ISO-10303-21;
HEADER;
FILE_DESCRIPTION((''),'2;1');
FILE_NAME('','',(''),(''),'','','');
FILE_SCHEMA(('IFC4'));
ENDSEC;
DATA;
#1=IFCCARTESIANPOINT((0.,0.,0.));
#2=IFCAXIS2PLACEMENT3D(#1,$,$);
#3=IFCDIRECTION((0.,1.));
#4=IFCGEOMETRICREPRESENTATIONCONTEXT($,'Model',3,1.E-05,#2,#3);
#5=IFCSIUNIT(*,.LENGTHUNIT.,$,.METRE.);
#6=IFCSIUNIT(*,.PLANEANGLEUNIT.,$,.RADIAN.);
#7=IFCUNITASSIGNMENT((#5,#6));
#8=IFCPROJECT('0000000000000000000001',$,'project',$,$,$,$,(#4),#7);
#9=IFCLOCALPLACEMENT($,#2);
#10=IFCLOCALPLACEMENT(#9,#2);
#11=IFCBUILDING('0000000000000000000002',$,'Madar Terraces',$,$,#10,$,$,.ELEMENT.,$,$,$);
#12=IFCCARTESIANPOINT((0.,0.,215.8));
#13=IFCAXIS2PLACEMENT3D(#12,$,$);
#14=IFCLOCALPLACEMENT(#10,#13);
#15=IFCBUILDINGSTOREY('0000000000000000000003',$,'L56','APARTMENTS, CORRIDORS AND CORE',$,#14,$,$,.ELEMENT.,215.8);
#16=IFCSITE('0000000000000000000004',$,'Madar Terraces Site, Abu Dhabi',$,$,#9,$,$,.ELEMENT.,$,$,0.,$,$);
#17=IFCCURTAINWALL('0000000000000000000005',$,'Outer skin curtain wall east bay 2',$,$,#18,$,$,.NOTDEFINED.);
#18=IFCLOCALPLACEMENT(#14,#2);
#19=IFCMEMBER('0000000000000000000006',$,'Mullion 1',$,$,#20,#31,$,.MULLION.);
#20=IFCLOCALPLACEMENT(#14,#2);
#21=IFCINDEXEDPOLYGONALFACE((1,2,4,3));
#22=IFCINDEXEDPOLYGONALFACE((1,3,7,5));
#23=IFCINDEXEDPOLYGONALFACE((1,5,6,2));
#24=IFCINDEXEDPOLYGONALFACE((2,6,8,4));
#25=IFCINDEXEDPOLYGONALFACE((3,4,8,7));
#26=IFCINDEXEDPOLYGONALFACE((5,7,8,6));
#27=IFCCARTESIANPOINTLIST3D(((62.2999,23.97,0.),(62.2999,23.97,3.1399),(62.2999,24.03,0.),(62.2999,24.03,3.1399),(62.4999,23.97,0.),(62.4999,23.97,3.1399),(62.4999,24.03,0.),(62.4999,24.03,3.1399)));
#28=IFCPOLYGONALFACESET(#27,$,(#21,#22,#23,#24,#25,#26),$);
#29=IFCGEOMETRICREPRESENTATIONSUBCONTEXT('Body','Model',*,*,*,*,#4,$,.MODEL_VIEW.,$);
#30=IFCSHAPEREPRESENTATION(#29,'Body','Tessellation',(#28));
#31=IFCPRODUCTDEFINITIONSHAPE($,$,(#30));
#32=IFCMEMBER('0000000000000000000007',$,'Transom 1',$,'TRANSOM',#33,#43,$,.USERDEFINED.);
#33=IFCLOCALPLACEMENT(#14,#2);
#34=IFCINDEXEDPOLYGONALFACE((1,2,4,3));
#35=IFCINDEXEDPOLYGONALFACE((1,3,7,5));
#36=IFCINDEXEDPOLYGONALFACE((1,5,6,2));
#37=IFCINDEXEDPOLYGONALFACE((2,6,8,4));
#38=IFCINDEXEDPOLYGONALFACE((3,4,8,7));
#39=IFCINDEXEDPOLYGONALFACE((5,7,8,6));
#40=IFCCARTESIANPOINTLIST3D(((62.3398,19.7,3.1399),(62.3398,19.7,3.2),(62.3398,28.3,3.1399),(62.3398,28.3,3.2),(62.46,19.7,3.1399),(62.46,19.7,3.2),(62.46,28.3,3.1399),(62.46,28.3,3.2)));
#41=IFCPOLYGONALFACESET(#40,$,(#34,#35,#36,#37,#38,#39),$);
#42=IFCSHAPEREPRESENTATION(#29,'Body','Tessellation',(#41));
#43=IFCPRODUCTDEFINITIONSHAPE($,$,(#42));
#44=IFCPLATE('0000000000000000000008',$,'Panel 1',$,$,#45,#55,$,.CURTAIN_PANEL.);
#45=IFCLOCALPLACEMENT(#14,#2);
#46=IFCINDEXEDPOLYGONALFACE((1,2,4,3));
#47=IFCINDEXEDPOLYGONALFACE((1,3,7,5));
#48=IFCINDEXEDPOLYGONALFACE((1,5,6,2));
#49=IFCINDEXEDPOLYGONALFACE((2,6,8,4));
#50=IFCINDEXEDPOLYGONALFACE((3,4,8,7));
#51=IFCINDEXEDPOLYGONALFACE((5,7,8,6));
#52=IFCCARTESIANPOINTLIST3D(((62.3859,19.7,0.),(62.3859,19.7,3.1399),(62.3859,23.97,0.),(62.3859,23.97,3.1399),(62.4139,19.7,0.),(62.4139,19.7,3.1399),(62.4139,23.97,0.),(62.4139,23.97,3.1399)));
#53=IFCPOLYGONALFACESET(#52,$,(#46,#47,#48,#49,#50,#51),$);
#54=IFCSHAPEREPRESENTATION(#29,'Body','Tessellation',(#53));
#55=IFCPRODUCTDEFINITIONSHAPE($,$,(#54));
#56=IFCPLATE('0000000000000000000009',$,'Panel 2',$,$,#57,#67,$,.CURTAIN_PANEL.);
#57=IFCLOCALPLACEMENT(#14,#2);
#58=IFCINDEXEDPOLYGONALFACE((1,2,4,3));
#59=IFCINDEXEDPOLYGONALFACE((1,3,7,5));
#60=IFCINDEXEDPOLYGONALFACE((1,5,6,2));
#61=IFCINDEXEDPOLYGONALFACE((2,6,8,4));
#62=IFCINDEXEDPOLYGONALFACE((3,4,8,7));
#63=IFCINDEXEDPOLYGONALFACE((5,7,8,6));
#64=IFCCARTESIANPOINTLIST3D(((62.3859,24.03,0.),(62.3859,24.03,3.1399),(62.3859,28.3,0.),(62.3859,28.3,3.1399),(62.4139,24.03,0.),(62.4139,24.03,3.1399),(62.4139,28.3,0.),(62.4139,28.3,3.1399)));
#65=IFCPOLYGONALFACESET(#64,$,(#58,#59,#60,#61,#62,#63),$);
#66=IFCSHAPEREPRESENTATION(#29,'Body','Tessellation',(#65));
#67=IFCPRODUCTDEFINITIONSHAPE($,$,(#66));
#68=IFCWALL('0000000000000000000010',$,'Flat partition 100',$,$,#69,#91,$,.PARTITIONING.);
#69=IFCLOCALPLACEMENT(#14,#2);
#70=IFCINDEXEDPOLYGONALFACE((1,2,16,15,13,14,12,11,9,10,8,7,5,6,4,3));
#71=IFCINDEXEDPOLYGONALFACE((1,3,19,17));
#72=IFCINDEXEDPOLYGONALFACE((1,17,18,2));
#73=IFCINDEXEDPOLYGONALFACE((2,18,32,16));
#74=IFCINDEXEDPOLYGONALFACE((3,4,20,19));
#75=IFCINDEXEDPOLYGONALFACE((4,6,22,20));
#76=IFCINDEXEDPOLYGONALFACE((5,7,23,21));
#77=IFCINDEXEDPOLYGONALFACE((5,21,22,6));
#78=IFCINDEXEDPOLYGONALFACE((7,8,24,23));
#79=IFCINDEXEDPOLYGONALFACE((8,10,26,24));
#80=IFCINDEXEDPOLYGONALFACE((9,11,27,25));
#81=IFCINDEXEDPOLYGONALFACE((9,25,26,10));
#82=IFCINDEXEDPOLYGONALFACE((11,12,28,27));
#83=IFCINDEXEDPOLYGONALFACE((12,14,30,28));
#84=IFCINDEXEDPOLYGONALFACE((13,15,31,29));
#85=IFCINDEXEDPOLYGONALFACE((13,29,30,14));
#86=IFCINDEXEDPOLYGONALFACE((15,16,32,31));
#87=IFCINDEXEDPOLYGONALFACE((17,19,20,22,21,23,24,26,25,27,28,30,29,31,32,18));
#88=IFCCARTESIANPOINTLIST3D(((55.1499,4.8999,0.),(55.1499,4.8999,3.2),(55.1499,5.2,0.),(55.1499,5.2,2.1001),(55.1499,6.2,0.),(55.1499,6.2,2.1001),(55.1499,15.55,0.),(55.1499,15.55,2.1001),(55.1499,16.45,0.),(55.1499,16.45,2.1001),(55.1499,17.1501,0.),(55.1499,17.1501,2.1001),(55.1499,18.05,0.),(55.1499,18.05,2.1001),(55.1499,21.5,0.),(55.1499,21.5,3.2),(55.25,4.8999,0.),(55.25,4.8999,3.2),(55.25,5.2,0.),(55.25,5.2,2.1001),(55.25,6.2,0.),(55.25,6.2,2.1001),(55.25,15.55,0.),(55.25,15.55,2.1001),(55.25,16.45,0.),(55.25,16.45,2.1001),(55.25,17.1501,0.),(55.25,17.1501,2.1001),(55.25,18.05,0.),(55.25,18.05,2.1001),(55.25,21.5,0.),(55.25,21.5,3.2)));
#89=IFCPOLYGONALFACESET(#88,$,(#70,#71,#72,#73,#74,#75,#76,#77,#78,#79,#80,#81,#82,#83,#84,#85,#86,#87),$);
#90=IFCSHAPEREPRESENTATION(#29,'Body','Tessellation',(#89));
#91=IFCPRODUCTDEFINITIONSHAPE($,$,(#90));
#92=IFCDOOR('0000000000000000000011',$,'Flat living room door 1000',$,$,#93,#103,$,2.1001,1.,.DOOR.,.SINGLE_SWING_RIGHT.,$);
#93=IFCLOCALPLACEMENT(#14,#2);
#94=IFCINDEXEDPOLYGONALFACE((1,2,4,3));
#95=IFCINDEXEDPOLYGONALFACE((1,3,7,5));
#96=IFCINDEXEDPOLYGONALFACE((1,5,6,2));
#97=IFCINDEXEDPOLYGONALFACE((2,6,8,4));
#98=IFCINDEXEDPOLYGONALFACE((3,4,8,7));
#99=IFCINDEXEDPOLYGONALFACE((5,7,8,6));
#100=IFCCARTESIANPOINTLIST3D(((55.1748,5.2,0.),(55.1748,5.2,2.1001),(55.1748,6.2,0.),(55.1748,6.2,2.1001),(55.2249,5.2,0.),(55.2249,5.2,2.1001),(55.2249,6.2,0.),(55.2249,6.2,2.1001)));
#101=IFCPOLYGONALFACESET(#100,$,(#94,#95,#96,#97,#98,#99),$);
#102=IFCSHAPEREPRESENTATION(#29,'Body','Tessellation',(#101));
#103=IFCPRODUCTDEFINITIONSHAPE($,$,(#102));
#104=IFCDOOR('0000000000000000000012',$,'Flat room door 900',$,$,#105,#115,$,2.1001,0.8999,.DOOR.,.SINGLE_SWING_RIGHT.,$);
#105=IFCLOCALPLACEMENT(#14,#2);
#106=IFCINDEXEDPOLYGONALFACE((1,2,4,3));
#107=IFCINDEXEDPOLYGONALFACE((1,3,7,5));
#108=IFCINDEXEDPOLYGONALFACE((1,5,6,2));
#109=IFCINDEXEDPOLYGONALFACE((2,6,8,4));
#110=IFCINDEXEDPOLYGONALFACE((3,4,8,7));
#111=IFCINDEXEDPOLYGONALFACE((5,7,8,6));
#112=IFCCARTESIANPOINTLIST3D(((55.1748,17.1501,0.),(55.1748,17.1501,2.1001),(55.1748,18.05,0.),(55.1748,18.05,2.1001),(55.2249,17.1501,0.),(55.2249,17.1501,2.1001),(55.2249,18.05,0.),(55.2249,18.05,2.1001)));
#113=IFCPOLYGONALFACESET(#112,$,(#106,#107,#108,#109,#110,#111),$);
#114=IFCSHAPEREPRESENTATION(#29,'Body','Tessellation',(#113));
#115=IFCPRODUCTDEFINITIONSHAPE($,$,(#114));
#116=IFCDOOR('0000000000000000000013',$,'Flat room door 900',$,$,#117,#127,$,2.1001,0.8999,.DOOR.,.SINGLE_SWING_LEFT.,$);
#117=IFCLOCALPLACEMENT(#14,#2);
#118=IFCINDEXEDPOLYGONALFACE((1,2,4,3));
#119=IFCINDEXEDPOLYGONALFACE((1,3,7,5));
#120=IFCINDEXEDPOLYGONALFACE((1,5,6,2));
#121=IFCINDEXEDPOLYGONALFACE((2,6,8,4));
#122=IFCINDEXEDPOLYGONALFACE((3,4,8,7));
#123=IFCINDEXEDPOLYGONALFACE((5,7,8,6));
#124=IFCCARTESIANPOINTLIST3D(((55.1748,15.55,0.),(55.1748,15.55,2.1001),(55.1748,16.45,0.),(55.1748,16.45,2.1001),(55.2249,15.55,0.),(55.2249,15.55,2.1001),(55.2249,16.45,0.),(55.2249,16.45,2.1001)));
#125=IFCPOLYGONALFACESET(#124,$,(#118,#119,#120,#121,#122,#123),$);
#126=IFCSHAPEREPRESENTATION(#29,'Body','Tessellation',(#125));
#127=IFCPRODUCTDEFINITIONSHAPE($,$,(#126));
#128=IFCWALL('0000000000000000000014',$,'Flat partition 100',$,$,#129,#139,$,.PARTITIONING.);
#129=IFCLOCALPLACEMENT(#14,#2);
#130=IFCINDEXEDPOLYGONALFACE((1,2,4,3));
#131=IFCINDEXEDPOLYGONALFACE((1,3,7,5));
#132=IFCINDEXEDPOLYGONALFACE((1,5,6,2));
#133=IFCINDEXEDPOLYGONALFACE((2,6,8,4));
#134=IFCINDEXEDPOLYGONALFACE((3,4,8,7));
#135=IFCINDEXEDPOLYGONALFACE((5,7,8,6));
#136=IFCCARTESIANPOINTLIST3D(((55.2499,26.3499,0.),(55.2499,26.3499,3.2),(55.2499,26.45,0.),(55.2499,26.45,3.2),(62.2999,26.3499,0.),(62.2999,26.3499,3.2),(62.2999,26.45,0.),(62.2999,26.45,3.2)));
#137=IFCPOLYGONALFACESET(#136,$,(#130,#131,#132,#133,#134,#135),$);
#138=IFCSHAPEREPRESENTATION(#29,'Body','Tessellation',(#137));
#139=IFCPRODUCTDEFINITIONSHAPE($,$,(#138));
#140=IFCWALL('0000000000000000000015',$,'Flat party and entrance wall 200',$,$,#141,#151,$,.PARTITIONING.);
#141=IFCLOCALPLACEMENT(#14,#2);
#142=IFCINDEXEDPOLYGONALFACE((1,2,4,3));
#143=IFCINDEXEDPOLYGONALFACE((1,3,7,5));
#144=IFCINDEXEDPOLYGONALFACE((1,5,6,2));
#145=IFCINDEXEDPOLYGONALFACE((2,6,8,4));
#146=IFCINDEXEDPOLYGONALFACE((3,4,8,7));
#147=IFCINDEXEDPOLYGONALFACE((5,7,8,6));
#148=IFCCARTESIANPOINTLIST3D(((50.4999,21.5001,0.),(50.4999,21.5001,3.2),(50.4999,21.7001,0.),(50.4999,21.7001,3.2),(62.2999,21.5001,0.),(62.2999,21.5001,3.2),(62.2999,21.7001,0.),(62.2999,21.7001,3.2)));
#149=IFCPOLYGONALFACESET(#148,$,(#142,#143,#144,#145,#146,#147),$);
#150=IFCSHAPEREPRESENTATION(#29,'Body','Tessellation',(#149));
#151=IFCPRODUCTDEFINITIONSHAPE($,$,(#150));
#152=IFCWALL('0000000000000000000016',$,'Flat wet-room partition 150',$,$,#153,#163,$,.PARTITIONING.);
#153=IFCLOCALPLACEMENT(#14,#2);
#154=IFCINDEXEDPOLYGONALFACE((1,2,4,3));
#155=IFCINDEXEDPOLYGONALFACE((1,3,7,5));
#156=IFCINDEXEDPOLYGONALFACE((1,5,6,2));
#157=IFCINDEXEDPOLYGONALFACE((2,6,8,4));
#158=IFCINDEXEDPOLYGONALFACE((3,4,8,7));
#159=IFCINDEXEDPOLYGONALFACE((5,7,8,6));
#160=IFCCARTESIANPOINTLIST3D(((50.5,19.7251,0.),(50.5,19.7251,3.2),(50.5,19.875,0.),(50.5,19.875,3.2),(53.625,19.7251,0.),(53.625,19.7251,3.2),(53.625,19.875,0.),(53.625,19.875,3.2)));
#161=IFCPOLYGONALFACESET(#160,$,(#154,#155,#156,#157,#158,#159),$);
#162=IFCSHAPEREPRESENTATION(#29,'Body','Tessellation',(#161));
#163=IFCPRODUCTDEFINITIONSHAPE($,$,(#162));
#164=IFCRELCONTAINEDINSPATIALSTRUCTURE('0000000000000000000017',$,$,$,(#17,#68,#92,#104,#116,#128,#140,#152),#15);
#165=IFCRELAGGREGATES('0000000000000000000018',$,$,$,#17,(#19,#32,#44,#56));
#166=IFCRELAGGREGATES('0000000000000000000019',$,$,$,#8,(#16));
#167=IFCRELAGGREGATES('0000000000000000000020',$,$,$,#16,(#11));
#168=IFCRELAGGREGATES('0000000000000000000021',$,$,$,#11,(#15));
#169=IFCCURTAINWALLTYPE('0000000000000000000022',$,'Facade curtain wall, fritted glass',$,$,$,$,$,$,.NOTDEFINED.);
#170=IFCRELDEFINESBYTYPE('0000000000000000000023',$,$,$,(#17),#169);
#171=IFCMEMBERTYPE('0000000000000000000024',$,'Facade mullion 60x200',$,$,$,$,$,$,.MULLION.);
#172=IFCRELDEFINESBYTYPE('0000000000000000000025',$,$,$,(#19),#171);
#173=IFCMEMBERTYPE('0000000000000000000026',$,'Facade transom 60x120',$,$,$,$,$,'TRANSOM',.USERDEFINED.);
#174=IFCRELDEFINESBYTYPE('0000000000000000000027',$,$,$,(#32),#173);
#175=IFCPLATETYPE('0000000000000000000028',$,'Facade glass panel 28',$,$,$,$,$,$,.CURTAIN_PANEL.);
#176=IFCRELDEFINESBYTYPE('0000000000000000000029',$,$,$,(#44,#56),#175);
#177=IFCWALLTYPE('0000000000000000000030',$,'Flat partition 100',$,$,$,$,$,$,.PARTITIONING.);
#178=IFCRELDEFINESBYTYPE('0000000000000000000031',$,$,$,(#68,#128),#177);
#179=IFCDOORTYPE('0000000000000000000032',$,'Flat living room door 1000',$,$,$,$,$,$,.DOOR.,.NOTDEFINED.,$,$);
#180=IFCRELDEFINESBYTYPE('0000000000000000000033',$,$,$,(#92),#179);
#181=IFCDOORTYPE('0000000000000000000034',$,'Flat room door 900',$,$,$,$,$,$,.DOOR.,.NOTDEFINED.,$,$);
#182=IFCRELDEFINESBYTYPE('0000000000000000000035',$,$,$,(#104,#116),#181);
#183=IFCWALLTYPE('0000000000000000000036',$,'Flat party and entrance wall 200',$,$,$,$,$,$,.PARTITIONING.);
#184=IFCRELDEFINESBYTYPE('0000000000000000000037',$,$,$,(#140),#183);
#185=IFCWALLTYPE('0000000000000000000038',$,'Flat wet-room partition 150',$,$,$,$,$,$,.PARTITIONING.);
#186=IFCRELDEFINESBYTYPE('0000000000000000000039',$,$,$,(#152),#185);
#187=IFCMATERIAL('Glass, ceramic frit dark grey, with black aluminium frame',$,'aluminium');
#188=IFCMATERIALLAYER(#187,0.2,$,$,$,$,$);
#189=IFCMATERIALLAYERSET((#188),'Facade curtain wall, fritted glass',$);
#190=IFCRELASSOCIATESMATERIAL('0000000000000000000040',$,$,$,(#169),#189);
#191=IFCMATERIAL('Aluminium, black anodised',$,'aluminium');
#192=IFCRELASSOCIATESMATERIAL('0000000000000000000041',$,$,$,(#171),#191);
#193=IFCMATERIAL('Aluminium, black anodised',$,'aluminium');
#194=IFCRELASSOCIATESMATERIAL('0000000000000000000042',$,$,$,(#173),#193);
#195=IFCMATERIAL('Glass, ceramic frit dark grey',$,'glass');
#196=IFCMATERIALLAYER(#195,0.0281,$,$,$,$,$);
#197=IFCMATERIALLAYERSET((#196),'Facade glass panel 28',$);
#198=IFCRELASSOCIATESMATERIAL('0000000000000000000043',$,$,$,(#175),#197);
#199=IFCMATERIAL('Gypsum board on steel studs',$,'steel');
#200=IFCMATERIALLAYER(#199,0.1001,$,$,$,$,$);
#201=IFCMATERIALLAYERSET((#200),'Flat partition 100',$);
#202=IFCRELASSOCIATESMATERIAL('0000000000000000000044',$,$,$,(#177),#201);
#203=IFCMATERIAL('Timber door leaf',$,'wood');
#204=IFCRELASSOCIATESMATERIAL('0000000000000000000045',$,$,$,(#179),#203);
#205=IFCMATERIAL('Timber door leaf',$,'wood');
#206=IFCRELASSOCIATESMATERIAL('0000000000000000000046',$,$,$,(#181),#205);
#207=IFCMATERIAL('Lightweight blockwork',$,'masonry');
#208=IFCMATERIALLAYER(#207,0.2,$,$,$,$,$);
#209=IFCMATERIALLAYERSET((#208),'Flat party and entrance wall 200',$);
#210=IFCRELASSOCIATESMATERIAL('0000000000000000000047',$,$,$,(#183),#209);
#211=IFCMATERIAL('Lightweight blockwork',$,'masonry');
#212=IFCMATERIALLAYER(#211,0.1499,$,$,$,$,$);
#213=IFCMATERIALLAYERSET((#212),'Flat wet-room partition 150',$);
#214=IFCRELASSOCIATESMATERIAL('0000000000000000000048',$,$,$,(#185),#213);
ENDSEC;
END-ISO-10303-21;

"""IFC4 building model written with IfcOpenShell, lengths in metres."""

from ifc_helpers import new_model, si_unit, direction, frame, frame_2d, origin, origin_2d, place, context, subcontext, project, spatial, rectangle, extrude, material, layer, layer_set, material_profile, profile_set, type_object, element, fill, aggregate, save


model = new_model("IFC4")

# Units and contexts
model_context = context("Model", 3, precision=1e-05, world=origin(), true_north=direction((0.0, 1.0)))
body_context = subcontext(model_context, "Body", "Model", "MODEL_VIEW")
ifc_project = project(units=[si_unit("LENGTHUNIT", "METRE"), si_unit("PLANEANGLEUNIT", "RADIAN")], contexts=[model_context])

# Site, building, storey
site_placement = place(None, origin())
site = spatial("IfcSite", under=ifc_project, at=site_placement, Name="Madar Terraces Site, Abu Dhabi", CompositionType="ELEMENT", RefElevation=0.0)
building_placement = place(site_placement, origin())
building = spatial("IfcBuilding", under=site, at=building_placement, Name="Madar Terraces", CompositionType="ELEMENT")
storey_placement = place(building_placement, frame((0.0, 0.0, 215.8)))
storey = spatial("IfcBuildingStorey", under=building, at=storey_placement, Name="L56", Description="APARTMENTS, CORRIDORS AND CORE", CompositionType="ELEMENT", Elevation=215.8)

# Curtain wall, members, plates
ifc_material_1 = material(Name="Glass, ceramic frit dark grey, with black aluminium frame", Category="aluminium")
ifc_layer_1 = layer(ifc_material_1, 0.2)
ifc_layer_set_1 = layer_set([ifc_layer_1], Name="Facade curtain wall, fritted glass")
curtain_wall_type = type_object("IfcCurtainWallType", Name="Facade curtain wall, fritted glass", PredefinedType="NOTDEFINED", material=ifc_layer_set_1)
curtain_wall_placement = place(storey_placement, origin())
curtain_wall = element("IfcCurtainWall", 1, at=curtain_wall_placement, inside=storey, type_object=curtain_wall_type, Name="Outer skin curtain wall east bay 2", PredefinedType="NOTDEFINED")
ifc_material_2 = material(Name="Aluminium, black anodised", Category="aluminium")
ifc_material_profile_1 = material_profile(ifc_material_2, rectangle(XDim=0.2, YDim=0.0601, at=origin_2d()), Name="Facade mullion 60x200")
ifc_profile_set_1 = profile_set([ifc_material_profile_1], Name="Aluminium, black anodised")
member_type_1 = type_object("IfcMemberType", Name="Facade mullion 60x200", PredefinedType="MULLION", material=ifc_profile_set_1)
member_1_placement = place(storey_placement, frame((62.3999, 24.0, 0.0), z_axis=(0.0, 0.0, 1.0), x_axis=(-1.0, 0.0, 0.0)))
member_1 = element("IfcMember", 2, at=member_1_placement, type_object=member_type_1, Name="Mullion 1", PredefinedType="MULLION", context=body_context, shape_type="SweptSolid", body=[
    extrude(rectangle(XDim=0.2, YDim=0.0601, at=origin_2d()), origin(), (0.0, 0.0, 1.0), 3.1399),
])
ifc_material_3 = material(Name="Aluminium, black anodised", Category="aluminium")
ifc_material_profile_2 = material_profile(ifc_material_3, rectangle(XDim=0.1201, YDim=0.0601, at=origin_2d()), Name="Facade transom 60x120")
ifc_profile_set_2 = profile_set([ifc_material_profile_2], Name="Aluminium, black anodised")
member_type_2 = type_object("IfcMemberType", Name="Facade transom 60x120", ElementType="TRANSOM", PredefinedType="USERDEFINED", material=ifc_profile_set_2)
member_2_placement = place(storey_placement, frame((62.3999, 19.7, 3.1699), z_axis=(0.0, 1.0, 0.0), x_axis=(-1.0, 0.0, 0.0)))
member_2 = element("IfcMember", 3, at=member_2_placement, type_object=member_type_2, Name="Transom 1", ObjectType="TRANSOM", PredefinedType="USERDEFINED", context=body_context, shape_type="SweptSolid", body=[
    extrude(rectangle(XDim=0.1201, YDim=0.0601, at=origin_2d()), origin(), (0.0, 0.0, 1.0), 8.6001),
])
ifc_material_4 = material(Name="Glass, ceramic frit dark grey", Category="glass")
ifc_layer_2 = layer(ifc_material_4, 0.0281)
ifc_layer_set_2 = layer_set([ifc_layer_2], Name="Facade glass panel 28")
plate_type = type_object("IfcPlateType", Name="Facade glass panel 28", PredefinedType="CURTAIN_PANEL", material=ifc_layer_set_2)
plate_1_placement = place(storey_placement, frame((62.3999, 21.835, 0.0), z_axis=(0.0, 0.0, 1.0), x_axis=(0.0, 1.0, 0.0)))
plate_1 = element("IfcPlate", 4, at=plate_1_placement, type_object=plate_type, Name="Panel 1", PredefinedType="CURTAIN_PANEL", context=body_context, shape_type="SweptSolid", body=[
    extrude(rectangle(XDim=4.27, YDim=0.0281, at=origin_2d()), origin(), (0.0, 0.0, 1.0), 3.1399),
])
plate_2_placement = place(storey_placement, frame((62.3999, 26.165, 0.0), z_axis=(0.0, 0.0, 1.0), x_axis=(0.0, 1.0, 0.0)))
plate_2 = element("IfcPlate", 5, at=plate_2_placement, type_object=plate_type, Name="Panel 2", PredefinedType="CURTAIN_PANEL", context=body_context, shape_type="SweptSolid", body=[
    extrude(rectangle(XDim=4.27, YDim=0.0281, at=origin_2d()), origin(), (0.0, 0.0, 1.0), 3.1399),
])
aggregate(curtain_wall, [member_1, member_2, plate_1, plate_2])

# Wall, openings, doors
ifc_material_5 = material(Name="Gypsum board on steel studs", Category="steel")
ifc_layer_3 = layer(ifc_material_5, 0.1001)
ifc_layer_set_3 = layer_set([ifc_layer_3], Name="Flat partition 100")
wall_type_1 = type_object("IfcWallType", Name="Flat partition 100", PredefinedType="PARTITIONING", material=ifc_layer_set_3)
wall_1_placement = place(storey_placement, frame((55.2, 21.5, 0.0), z_axis=(0.0, 0.0, 1.0), x_axis=(0.0, -1.0, 0.0)))
wall_1 = element("IfcWall", 6, at=wall_1_placement, inside=storey, type_object=wall_type_1, Name="Flat partition 100", PredefinedType="PARTITIONING", context=body_context, shape_type="SweptSolid", body=[
    extrude(rectangle(XDim=16.6001, YDim=0.1001, at=frame_2d((8.3, 0.0))), origin(), (0.0, 0.0, 1.0), 3.2),
])
opening_1_placement = place(wall_1_placement, frame((3.45, 0.0, 0.0)))
opening_1 = element("IfcOpeningElement", 7, at=opening_1_placement, cuts=wall_1, PredefinedType="OPENING", context=body_context, shape_type="SweptSolid", body=[
    extrude(rectangle(XDim=0.8999, YDim=2.1001, at=frame_2d((0.45, 1.05))), frame((0.0, 0.0601, 0.0), z_axis=(0.0, -1.0, 0.0), x_axis=(1.0, 0.0, 0.0)), (0.0, 0.0, 1.0), 0.1201),
])
opening_2_placement = place(wall_1_placement, frame((5.05, 0.0, 0.0)))
opening_2 = element("IfcOpeningElement", 8, at=opening_2_placement, cuts=wall_1, PredefinedType="OPENING", context=body_context, shape_type="SweptSolid", body=[
    extrude(rectangle(XDim=0.8999, YDim=2.1001, at=frame_2d((0.45, 1.05))), frame((0.0, 0.0601, 0.0), z_axis=(0.0, -1.0, 0.0), x_axis=(1.0, 0.0, 0.0)), (0.0, 0.0, 1.0), 0.1201),
])
opening_3_placement = place(wall_1_placement, frame((15.3, 0.0, 0.0)))
opening_3 = element("IfcOpeningElement", 9, at=opening_3_placement, cuts=wall_1, PredefinedType="OPENING", context=body_context, shape_type="SweptSolid", body=[
    extrude(rectangle(XDim=1.0, YDim=2.1001, at=frame_2d((0.5, 1.05))), frame((0.0, 0.0601, 0.0), z_axis=(0.0, -1.0, 0.0), x_axis=(1.0, 0.0, 0.0)), (0.0, 0.0, 1.0), 0.1201),
])
ifc_material_6 = material(Name="Timber door leaf", Category="wood")
door_type_1 = type_object("IfcDoorType", Name="Flat living room door 1000", OperationType="NOTDEFINED", PredefinedType="DOOR", material=ifc_material_6)
door_1_placement = place(opening_3_placement, origin())
door_1 = element("IfcDoor", 10, at=door_1_placement, inside=storey, type_object=door_type_1, Name="Flat living room door 1000", OperationType="SINGLE_SWING_RIGHT", OverallHeight=2.1001, OverallWidth=1.0, PredefinedType="DOOR", context=body_context, shape_type="SweptSolid", body=[
    extrude(rectangle(XDim=1.0, YDim=2.1001, at=frame_2d((0.5, 1.05))), frame((0.0, 0.0249, 0.0), z_axis=(0.0, -1.0, 0.0), x_axis=(1.0, 0.0, 0.0)), (0.0, 0.0, 1.0), 0.05),
])
fill(opening_3, door_1)
ifc_material_7 = material(Name="Timber door leaf", Category="wood")
door_type_2 = type_object("IfcDoorType", Name="Flat room door 900", OperationType="NOTDEFINED", PredefinedType="DOOR", material=ifc_material_7)
door_2_placement = place(opening_1_placement, origin())
door_2 = element("IfcDoor", 11, at=door_2_placement, inside=storey, type_object=door_type_2, Name="Flat room door 900", OperationType="SINGLE_SWING_RIGHT", OverallHeight=2.1001, OverallWidth=0.8999, PredefinedType="DOOR", context=body_context, shape_type="SweptSolid", body=[
    extrude(rectangle(XDim=0.8999, YDim=2.1001, at=frame_2d((0.45, 1.05))), frame((0.0, 0.0249, 0.0), z_axis=(0.0, -1.0, 0.0), x_axis=(1.0, 0.0, 0.0)), (0.0, 0.0, 1.0), 0.05),
])
fill(opening_1, door_2)
door_3_placement = place(opening_2_placement, origin())
door_3 = element("IfcDoor", 12, at=door_3_placement, inside=storey, type_object=door_type_2, Name="Flat room door 900", OperationType="SINGLE_SWING_LEFT", OverallHeight=2.1001, OverallWidth=0.8999, PredefinedType="DOOR", context=body_context, shape_type="SweptSolid", body=[
    extrude(rectangle(XDim=0.8999, YDim=2.1001, at=frame_2d((0.45, 1.05))), frame((0.0, 0.0249, 0.0), z_axis=(0.0, -1.0, 0.0), x_axis=(1.0, 0.0, 0.0)), (0.0, 0.0, 1.0), 0.05),
])
fill(opening_2, door_3)

# Walls
wall_2_placement = place(storey_placement, frame((55.25, 26.3999, 0.0), z_axis=(0.0, 0.0, 1.0), x_axis=(1.0, 0.0, 0.0)))
element("IfcWall", 13, at=wall_2_placement, inside=storey, type_object=wall_type_1, Name="Flat partition 100", PredefinedType="PARTITIONING", context=body_context, shape_type="SweptSolid", body=[
    extrude(rectangle(XDim=7.05, YDim=0.1001, at=frame_2d((3.5249, 0.0))), origin(), (0.0, 0.0, 1.0), 3.2),
])
ifc_material_8 = material(Name="Lightweight blockwork", Category="masonry")
ifc_layer_4 = layer(ifc_material_8, 0.2)
ifc_layer_set_4 = layer_set([ifc_layer_4], Name="Flat party and entrance wall 200")
wall_type_2 = type_object("IfcWallType", Name="Flat party and entrance wall 200", PredefinedType="PARTITIONING", material=ifc_layer_set_4)
wall_3_placement = place(storey_placement, frame((50.5, 21.6001, 0.0), z_axis=(0.0, 0.0, 1.0), x_axis=(1.0, 0.0, 0.0)))
element("IfcWall", 14, at=wall_3_placement, inside=storey, type_object=wall_type_2, Name="Flat party and entrance wall 200", PredefinedType="PARTITIONING", context=body_context, shape_type="SweptSolid", body=[
    extrude(rectangle(XDim=11.8, YDim=0.2, at=frame_2d((5.8999, 0.0))), origin(), (0.0, 0.0, 1.0), 3.2),
])
ifc_material_9 = material(Name="Lightweight blockwork", Category="masonry")
ifc_layer_5 = layer(ifc_material_9, 0.1499)
ifc_layer_set_5 = layer_set([ifc_layer_5], Name="Flat wet-room partition 150")
wall_type_3 = type_object("IfcWallType", Name="Flat wet-room partition 150", PredefinedType="PARTITIONING", material=ifc_layer_set_5)
wall_4_placement = place(storey_placement, frame((50.5, 19.8, 0.0), z_axis=(0.0, 0.0, 1.0), x_axis=(1.0, 0.0, 0.0)))
element("IfcWall", 15, at=wall_4_placement, inside=storey, type_object=wall_type_3, Name="Flat wet-room partition 150", PredefinedType="PARTITIONING", context=body_context, shape_type="SweptSolid", body=[
    extrude(rectangle(XDim=3.125, YDim=0.1499, at=frame_2d((1.5625, 0.0))), origin(), (0.0, 0.0, 1.0), 3.2),
])

save(model, "model.ifc")
